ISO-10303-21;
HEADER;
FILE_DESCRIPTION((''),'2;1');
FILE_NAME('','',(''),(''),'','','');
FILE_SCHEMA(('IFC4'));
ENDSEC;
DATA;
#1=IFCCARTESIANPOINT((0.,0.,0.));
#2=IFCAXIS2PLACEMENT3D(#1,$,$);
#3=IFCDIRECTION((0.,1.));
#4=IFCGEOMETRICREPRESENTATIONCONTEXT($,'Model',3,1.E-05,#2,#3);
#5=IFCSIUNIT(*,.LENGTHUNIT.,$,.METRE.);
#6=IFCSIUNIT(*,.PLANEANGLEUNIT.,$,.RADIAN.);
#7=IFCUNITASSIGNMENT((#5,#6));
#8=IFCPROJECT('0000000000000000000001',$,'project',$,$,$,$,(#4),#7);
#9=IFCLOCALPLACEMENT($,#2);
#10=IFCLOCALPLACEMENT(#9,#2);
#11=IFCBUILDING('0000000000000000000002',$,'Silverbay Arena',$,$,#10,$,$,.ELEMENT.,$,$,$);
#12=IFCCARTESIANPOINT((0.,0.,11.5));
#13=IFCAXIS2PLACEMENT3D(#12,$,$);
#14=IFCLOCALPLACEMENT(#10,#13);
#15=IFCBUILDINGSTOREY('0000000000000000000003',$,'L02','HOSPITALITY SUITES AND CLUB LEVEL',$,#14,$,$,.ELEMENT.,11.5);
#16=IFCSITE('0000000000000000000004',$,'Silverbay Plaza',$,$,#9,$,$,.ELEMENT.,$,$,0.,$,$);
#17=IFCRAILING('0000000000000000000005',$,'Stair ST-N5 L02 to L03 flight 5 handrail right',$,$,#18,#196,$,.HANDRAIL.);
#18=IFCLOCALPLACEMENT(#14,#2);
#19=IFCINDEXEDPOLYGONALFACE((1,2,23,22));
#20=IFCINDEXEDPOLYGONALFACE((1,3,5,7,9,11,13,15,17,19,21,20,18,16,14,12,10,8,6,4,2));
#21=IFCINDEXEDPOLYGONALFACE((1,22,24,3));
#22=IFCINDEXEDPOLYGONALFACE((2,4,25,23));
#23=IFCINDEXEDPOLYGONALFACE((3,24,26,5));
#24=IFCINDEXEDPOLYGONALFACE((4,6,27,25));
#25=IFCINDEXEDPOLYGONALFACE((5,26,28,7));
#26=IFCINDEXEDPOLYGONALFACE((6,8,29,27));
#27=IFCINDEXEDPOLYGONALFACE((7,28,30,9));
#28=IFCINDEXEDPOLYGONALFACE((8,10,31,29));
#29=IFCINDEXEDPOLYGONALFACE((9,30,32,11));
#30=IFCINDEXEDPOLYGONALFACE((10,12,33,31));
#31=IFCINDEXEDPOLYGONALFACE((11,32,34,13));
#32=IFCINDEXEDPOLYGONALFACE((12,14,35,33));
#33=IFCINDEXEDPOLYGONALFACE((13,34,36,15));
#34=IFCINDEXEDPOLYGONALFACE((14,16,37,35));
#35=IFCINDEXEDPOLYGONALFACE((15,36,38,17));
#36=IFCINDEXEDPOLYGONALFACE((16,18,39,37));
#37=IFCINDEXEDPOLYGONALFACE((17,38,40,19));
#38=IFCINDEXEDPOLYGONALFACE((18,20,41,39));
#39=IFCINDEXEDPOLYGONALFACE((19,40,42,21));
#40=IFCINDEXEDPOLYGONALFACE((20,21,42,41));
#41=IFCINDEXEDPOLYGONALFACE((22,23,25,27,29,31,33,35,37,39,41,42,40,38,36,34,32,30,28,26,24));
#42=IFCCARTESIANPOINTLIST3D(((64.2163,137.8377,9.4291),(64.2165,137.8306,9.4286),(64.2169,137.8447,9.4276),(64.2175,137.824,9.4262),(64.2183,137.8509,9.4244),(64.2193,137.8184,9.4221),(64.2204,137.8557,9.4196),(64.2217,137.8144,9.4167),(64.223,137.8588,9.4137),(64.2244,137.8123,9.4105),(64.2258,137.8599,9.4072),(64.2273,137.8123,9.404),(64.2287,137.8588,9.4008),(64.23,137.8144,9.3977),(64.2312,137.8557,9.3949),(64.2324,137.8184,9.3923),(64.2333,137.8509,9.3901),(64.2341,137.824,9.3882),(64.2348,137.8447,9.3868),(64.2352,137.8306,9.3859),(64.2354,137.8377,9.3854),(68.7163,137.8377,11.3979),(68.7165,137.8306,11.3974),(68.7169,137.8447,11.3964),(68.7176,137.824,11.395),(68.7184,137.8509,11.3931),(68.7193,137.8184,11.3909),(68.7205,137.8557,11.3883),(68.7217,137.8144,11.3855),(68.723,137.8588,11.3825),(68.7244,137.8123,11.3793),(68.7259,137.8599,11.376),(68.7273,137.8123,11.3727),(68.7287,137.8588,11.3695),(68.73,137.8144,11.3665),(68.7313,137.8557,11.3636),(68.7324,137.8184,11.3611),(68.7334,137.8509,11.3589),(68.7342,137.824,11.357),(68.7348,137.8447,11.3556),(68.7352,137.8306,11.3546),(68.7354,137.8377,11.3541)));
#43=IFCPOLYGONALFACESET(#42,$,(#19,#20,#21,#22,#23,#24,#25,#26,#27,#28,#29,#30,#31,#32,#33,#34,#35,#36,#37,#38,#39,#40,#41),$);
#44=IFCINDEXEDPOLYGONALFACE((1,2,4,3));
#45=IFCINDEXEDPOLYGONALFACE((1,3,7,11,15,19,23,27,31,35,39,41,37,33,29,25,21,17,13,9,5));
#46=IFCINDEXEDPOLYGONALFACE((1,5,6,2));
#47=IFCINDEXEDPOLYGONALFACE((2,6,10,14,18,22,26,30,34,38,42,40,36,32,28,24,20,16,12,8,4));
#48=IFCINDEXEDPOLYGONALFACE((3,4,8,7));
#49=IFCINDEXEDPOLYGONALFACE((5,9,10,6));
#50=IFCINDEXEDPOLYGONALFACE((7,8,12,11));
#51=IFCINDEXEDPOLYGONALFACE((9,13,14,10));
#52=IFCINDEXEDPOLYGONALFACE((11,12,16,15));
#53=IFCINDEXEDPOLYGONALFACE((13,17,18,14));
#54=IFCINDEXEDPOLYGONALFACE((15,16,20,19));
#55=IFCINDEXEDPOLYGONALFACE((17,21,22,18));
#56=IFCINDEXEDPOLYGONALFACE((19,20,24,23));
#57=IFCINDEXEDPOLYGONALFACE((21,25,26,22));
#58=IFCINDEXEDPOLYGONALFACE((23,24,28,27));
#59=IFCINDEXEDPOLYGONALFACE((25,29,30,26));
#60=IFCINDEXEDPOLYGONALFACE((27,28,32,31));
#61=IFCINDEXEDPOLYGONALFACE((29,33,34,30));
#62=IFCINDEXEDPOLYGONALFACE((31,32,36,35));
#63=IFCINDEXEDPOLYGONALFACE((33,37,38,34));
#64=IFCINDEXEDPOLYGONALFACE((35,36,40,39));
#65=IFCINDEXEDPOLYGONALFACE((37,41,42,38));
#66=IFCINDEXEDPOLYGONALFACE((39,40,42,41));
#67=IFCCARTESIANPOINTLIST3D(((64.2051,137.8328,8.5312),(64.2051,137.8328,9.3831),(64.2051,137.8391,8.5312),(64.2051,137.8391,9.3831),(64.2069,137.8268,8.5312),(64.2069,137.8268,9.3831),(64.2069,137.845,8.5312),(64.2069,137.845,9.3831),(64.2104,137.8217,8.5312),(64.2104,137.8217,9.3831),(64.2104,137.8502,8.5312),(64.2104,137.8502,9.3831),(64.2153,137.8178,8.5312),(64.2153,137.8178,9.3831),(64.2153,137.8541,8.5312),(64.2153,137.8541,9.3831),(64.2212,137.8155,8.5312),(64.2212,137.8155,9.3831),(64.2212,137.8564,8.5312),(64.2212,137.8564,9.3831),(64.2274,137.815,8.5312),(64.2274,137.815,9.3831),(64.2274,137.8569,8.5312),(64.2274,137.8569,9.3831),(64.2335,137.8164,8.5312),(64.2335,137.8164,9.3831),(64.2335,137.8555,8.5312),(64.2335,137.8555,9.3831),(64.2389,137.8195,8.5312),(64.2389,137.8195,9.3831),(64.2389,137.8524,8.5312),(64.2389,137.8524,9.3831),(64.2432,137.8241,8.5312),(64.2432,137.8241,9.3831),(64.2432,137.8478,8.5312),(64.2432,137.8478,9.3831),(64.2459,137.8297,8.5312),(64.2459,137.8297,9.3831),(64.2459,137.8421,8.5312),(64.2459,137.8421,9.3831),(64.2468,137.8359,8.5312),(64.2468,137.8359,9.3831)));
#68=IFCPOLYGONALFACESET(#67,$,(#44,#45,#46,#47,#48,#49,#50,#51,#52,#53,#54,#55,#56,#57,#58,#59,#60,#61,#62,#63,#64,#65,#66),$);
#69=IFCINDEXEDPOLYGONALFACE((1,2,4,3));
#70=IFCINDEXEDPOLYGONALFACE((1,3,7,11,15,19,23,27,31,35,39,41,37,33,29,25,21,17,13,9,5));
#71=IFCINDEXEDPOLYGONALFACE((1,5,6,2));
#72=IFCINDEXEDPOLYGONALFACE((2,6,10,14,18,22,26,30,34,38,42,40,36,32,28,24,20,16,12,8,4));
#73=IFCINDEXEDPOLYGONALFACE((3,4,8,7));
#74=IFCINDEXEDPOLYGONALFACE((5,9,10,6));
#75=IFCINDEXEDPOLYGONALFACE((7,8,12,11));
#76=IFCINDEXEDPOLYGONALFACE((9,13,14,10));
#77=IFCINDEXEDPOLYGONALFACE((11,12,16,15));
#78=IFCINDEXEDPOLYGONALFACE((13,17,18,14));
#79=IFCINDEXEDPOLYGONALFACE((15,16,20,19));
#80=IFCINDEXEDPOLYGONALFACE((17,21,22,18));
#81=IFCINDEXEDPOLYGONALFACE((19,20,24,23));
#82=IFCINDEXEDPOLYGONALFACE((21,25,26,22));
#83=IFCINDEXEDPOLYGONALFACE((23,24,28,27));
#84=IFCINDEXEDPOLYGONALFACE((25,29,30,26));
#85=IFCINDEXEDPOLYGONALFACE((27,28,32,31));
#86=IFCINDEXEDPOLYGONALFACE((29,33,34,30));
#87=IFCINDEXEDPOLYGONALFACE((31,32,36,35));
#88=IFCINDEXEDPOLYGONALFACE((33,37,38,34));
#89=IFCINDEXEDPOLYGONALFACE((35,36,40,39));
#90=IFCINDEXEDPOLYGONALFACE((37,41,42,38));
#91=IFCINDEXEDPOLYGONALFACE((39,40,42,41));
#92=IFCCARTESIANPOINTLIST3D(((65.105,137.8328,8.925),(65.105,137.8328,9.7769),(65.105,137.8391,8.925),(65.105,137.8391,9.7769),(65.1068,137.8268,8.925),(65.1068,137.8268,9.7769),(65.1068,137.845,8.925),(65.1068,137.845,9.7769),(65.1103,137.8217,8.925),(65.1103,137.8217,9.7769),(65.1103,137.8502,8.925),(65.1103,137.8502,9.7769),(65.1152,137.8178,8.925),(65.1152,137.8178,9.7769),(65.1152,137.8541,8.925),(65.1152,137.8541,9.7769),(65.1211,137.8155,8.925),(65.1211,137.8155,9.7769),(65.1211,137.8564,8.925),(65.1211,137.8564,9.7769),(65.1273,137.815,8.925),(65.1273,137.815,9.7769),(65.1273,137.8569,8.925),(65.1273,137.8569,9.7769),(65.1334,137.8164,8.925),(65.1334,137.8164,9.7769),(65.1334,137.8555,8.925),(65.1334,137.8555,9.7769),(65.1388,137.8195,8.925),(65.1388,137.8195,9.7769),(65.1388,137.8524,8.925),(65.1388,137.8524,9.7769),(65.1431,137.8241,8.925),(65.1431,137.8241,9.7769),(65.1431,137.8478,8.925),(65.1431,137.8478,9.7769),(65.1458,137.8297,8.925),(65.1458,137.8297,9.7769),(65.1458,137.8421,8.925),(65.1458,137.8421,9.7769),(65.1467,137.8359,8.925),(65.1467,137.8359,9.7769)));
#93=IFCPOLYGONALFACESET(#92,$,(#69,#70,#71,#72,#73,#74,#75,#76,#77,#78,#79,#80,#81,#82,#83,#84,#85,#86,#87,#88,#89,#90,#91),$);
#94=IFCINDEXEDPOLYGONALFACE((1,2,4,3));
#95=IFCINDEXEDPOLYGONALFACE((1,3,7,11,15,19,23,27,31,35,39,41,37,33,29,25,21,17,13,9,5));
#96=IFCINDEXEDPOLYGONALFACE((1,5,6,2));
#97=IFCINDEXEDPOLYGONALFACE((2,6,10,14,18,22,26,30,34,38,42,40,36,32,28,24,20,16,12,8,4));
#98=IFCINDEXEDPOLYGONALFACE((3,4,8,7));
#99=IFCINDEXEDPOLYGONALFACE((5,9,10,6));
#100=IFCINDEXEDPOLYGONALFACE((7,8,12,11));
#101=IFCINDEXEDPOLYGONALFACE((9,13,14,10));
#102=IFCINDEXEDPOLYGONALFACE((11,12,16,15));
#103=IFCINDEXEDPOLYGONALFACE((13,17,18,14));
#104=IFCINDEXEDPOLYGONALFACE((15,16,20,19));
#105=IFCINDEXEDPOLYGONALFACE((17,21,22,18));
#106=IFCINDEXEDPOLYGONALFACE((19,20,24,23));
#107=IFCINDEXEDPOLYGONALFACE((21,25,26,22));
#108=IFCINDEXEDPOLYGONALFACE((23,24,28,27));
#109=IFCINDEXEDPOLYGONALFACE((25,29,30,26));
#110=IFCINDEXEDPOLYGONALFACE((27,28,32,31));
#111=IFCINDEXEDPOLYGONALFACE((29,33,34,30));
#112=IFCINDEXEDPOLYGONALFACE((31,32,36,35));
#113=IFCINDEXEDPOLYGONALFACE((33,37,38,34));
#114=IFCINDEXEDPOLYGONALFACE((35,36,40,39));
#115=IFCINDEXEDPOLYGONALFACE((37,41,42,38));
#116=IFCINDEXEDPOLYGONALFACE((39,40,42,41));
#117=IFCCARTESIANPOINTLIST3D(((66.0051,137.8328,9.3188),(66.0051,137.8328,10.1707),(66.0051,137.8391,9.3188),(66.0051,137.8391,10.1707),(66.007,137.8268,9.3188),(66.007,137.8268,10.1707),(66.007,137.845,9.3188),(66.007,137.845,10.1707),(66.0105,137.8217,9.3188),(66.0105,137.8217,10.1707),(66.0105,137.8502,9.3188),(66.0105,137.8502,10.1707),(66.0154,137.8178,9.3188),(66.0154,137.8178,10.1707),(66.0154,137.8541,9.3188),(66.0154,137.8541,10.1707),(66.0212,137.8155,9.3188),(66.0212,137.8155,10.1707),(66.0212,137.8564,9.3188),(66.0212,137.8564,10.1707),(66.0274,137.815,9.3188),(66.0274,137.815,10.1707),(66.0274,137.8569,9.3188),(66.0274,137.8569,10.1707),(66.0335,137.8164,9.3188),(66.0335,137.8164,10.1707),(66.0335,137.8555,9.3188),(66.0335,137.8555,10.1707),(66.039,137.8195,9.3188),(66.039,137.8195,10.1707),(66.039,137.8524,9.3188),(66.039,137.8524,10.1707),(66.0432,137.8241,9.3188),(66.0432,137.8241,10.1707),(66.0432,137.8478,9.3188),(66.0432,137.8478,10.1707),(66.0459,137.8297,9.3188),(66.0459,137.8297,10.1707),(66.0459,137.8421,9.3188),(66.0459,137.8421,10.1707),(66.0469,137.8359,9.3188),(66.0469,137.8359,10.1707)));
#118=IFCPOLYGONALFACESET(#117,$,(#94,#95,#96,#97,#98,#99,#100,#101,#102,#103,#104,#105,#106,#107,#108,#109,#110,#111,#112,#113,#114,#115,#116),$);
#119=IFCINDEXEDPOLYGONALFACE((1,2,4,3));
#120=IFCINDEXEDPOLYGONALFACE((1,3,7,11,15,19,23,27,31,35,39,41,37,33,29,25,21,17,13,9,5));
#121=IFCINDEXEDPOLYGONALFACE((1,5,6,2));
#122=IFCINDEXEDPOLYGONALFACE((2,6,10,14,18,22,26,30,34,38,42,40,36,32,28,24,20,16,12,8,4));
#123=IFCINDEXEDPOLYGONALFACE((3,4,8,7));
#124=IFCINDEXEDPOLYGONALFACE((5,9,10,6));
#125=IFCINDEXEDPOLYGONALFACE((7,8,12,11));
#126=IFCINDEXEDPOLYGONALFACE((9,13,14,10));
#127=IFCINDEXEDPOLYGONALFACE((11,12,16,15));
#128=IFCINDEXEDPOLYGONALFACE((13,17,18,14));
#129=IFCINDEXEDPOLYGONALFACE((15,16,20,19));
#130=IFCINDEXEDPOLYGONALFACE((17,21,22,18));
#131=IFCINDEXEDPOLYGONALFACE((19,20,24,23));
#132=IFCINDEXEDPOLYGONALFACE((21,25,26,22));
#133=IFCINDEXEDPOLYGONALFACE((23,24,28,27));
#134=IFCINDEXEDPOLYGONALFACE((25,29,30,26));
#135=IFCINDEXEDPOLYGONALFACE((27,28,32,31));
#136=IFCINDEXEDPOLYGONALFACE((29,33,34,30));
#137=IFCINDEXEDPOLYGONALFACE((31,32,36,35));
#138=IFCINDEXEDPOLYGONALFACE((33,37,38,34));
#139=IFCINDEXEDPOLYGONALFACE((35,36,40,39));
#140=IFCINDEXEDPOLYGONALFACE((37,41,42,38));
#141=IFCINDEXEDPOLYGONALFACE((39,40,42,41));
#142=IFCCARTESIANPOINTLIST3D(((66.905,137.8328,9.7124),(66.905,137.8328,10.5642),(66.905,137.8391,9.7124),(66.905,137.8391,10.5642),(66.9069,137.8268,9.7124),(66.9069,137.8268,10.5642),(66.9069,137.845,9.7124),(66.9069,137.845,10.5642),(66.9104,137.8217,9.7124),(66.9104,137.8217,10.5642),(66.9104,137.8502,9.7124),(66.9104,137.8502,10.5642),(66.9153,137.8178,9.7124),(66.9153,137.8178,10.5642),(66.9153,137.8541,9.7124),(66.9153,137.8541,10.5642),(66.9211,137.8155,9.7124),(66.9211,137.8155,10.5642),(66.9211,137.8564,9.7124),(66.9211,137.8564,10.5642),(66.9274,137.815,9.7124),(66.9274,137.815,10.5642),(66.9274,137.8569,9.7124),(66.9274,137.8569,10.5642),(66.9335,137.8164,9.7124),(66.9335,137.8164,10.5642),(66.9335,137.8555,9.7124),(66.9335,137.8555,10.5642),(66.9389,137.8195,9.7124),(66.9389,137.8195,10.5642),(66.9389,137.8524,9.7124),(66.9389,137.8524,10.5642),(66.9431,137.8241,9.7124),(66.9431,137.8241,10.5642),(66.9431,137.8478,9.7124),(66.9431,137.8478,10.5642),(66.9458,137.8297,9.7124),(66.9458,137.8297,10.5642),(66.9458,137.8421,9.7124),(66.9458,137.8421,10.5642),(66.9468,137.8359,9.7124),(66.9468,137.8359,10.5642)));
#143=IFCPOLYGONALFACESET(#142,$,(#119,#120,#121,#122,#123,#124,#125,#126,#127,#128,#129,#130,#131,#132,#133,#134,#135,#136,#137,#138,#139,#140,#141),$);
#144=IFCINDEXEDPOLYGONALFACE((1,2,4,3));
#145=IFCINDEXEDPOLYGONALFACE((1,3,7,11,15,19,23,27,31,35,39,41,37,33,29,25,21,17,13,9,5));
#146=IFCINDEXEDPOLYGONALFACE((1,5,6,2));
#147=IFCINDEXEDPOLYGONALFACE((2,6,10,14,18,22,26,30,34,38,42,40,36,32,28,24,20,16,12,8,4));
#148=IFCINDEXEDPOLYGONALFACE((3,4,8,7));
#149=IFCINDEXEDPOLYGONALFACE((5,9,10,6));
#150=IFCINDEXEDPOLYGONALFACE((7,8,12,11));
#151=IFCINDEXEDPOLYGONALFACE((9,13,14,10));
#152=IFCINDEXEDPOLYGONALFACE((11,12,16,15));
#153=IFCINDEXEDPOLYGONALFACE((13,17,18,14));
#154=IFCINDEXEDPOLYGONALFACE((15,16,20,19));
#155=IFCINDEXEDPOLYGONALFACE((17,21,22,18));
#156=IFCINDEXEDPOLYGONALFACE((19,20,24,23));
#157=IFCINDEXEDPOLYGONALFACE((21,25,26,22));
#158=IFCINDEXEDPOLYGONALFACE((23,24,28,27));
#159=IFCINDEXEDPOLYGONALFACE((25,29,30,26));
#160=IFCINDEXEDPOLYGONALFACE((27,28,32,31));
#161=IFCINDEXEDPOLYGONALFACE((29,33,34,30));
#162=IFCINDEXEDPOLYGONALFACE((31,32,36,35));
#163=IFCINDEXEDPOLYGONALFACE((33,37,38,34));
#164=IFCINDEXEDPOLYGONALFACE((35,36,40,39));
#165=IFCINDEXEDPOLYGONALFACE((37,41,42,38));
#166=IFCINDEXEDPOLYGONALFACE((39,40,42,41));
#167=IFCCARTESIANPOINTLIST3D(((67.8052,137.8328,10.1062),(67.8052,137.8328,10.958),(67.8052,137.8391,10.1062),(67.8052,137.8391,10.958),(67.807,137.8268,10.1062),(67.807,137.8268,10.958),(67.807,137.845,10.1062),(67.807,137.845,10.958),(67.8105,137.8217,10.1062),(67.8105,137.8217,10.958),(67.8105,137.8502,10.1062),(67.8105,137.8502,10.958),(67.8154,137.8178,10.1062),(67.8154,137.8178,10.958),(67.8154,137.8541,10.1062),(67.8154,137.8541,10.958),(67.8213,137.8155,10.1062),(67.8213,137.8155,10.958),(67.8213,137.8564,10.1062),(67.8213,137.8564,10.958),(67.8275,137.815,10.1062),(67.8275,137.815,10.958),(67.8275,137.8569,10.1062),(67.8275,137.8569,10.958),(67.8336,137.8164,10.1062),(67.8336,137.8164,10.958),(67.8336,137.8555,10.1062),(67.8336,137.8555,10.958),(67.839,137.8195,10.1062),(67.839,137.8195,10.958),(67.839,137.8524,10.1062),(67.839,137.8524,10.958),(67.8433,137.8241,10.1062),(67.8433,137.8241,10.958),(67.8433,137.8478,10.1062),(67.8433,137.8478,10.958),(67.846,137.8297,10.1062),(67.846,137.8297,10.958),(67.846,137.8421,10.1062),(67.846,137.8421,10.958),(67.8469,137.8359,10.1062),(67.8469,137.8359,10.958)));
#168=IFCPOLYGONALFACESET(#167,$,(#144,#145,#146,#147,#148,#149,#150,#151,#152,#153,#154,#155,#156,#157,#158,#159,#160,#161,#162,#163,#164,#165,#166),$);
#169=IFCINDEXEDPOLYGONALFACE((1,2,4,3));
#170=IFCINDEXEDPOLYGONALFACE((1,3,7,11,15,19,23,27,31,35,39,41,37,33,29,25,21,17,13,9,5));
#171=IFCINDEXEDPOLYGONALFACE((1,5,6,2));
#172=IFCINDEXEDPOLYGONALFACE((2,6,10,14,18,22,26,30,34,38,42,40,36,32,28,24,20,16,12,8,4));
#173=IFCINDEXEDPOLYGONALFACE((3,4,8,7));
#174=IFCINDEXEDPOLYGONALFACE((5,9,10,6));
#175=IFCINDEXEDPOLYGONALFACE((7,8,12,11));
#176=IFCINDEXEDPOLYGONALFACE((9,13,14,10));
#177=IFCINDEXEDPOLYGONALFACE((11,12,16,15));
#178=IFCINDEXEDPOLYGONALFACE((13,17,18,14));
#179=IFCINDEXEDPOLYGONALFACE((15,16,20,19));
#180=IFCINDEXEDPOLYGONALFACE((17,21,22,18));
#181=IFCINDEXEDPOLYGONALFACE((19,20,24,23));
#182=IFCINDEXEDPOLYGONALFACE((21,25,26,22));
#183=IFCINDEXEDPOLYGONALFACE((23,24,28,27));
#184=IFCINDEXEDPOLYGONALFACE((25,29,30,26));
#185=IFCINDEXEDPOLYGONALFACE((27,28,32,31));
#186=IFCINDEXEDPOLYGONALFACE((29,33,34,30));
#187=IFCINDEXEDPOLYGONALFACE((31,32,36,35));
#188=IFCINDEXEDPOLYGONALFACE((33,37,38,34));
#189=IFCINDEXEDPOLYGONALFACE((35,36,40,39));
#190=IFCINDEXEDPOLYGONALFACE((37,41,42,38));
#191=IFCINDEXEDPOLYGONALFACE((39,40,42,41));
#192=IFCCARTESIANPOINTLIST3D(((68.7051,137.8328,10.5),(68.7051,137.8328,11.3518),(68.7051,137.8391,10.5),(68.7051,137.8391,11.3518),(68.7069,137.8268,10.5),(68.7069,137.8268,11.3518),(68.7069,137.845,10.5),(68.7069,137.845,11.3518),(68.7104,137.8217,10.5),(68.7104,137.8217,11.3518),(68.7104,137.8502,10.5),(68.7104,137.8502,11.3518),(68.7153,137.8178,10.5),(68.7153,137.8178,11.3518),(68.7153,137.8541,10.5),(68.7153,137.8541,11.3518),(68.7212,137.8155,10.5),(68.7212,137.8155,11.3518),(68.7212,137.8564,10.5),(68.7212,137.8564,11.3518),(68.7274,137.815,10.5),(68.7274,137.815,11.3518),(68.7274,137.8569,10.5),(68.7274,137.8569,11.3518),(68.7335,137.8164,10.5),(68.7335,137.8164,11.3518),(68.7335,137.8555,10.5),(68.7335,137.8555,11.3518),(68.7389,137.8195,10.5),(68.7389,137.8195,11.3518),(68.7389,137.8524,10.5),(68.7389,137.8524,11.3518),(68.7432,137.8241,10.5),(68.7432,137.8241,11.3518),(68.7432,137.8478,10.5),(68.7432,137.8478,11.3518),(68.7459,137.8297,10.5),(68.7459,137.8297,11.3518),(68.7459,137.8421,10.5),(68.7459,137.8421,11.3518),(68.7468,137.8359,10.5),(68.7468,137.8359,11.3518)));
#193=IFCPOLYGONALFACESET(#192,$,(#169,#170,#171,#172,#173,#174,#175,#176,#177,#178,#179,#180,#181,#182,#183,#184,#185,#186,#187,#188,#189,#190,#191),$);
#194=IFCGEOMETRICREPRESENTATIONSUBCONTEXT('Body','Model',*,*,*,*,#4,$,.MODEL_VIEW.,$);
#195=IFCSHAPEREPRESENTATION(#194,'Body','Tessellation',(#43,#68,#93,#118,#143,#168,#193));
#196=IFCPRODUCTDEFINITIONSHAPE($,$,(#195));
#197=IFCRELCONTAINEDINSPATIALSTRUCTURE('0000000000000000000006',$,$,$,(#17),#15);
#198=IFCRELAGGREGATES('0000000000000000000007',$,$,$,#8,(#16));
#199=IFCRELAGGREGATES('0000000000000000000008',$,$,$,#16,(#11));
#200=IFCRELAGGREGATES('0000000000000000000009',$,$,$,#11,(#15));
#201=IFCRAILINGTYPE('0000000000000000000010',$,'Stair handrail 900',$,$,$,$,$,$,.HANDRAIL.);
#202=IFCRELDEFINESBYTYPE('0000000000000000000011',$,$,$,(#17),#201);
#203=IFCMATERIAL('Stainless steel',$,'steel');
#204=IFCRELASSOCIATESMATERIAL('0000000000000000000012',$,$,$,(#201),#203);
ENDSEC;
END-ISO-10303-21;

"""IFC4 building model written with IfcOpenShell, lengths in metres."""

from ifc_helpers import new_model, si_unit, direction, frame, origin, origin_2d, place, context, subcontext, project, spatial, circle, extrude, material, type_object, element, save


model = new_model("IFC4")

# Units and contexts
model_context = context("Model", 3, precision=1e-05, world=origin(), true_north=direction((0.0, 1.0)))
body_context = subcontext(model_context, "Body", "Model", "MODEL_VIEW")
ifc_project = project(units=[si_unit("LENGTHUNIT", "METRE"), si_unit("PLANEANGLEUNIT", "RADIAN")], contexts=[model_context])

# Site, building, storey
site_placement = place(None, origin())
site = spatial("IfcSite", under=ifc_project, at=site_placement, Name="Silverbay Plaza", CompositionType="ELEMENT", RefElevation=0.0)
building_placement = place(site_placement, origin())
building = spatial("IfcBuilding", under=site, at=building_placement, Name="Silverbay Arena", CompositionType="ELEMENT")
storey_placement = place(building_placement, frame((0.0, 0.0, 11.5)))
storey = spatial("IfcBuildingStorey", under=building, at=storey_placement, Name="L02", Description="HOSPITALITY SUITES AND CLUB LEVEL", CompositionType="ELEMENT", Elevation=11.5)

# Railing
ifc_material_1 = material(Name="Stainless steel", Category="steel")
railing_type_1 = type_object("IfcRailingType", Name="Stair handrail 900", PredefinedType="HANDRAIL", material=ifc_material_1)
for number, where, name in (
    (1, (64.2258, 137.8359, 8.5312), "Stair ST-N5 L02 to L03 flight 5 handrail right"),
):
    element("IfcRailing", number, at=place(storey_placement, frame(where)), inside=storey, type_object=railing_type_1, Name=name, PredefinedType="HANDRAIL", context=body_context, shape_type="SweptSolid", body=[
        extrude(circle(Radius=0.0239, at=origin_2d()), frame((0.0, 0.0, 0.876), z_axis=(0.916157, 0.0, 0.400819), x_axis=(0.0, 1.0, 0.0)), (0.0, 0.0, 1.0), 4.9119),
        extrude(circle(Radius=0.021, at=origin_2d()), origin(), (0.0, 0.0, 1.0), 0.8518),
        extrude(circle(Radius=0.021, at=origin_2d()), frame((0.8999, 0.0, 0.3938)), (0.0, 0.0, 1.0), 0.8518),
        extrude(circle(Radius=0.021, at=origin_2d()), frame((1.8, 0.0, 0.7876)), (0.0, 0.0, 1.0), 0.8518),
        extrude(circle(Radius=0.021, at=origin_2d()), frame((2.7, 0.0, 1.1812)), (0.0, 0.0, 1.0), 0.8518),
        extrude(circle(Radius=0.021, at=origin_2d()), frame((3.6001, 0.0, 1.575)), (0.0, 0.0, 1.0), 0.8518),
        extrude(circle(Radius=0.021, at=origin_2d()), frame((4.5, 0.0, 1.9688)), (0.0, 0.0, 1.0), 0.8518),
    ])

save(model, "model.ifc")
